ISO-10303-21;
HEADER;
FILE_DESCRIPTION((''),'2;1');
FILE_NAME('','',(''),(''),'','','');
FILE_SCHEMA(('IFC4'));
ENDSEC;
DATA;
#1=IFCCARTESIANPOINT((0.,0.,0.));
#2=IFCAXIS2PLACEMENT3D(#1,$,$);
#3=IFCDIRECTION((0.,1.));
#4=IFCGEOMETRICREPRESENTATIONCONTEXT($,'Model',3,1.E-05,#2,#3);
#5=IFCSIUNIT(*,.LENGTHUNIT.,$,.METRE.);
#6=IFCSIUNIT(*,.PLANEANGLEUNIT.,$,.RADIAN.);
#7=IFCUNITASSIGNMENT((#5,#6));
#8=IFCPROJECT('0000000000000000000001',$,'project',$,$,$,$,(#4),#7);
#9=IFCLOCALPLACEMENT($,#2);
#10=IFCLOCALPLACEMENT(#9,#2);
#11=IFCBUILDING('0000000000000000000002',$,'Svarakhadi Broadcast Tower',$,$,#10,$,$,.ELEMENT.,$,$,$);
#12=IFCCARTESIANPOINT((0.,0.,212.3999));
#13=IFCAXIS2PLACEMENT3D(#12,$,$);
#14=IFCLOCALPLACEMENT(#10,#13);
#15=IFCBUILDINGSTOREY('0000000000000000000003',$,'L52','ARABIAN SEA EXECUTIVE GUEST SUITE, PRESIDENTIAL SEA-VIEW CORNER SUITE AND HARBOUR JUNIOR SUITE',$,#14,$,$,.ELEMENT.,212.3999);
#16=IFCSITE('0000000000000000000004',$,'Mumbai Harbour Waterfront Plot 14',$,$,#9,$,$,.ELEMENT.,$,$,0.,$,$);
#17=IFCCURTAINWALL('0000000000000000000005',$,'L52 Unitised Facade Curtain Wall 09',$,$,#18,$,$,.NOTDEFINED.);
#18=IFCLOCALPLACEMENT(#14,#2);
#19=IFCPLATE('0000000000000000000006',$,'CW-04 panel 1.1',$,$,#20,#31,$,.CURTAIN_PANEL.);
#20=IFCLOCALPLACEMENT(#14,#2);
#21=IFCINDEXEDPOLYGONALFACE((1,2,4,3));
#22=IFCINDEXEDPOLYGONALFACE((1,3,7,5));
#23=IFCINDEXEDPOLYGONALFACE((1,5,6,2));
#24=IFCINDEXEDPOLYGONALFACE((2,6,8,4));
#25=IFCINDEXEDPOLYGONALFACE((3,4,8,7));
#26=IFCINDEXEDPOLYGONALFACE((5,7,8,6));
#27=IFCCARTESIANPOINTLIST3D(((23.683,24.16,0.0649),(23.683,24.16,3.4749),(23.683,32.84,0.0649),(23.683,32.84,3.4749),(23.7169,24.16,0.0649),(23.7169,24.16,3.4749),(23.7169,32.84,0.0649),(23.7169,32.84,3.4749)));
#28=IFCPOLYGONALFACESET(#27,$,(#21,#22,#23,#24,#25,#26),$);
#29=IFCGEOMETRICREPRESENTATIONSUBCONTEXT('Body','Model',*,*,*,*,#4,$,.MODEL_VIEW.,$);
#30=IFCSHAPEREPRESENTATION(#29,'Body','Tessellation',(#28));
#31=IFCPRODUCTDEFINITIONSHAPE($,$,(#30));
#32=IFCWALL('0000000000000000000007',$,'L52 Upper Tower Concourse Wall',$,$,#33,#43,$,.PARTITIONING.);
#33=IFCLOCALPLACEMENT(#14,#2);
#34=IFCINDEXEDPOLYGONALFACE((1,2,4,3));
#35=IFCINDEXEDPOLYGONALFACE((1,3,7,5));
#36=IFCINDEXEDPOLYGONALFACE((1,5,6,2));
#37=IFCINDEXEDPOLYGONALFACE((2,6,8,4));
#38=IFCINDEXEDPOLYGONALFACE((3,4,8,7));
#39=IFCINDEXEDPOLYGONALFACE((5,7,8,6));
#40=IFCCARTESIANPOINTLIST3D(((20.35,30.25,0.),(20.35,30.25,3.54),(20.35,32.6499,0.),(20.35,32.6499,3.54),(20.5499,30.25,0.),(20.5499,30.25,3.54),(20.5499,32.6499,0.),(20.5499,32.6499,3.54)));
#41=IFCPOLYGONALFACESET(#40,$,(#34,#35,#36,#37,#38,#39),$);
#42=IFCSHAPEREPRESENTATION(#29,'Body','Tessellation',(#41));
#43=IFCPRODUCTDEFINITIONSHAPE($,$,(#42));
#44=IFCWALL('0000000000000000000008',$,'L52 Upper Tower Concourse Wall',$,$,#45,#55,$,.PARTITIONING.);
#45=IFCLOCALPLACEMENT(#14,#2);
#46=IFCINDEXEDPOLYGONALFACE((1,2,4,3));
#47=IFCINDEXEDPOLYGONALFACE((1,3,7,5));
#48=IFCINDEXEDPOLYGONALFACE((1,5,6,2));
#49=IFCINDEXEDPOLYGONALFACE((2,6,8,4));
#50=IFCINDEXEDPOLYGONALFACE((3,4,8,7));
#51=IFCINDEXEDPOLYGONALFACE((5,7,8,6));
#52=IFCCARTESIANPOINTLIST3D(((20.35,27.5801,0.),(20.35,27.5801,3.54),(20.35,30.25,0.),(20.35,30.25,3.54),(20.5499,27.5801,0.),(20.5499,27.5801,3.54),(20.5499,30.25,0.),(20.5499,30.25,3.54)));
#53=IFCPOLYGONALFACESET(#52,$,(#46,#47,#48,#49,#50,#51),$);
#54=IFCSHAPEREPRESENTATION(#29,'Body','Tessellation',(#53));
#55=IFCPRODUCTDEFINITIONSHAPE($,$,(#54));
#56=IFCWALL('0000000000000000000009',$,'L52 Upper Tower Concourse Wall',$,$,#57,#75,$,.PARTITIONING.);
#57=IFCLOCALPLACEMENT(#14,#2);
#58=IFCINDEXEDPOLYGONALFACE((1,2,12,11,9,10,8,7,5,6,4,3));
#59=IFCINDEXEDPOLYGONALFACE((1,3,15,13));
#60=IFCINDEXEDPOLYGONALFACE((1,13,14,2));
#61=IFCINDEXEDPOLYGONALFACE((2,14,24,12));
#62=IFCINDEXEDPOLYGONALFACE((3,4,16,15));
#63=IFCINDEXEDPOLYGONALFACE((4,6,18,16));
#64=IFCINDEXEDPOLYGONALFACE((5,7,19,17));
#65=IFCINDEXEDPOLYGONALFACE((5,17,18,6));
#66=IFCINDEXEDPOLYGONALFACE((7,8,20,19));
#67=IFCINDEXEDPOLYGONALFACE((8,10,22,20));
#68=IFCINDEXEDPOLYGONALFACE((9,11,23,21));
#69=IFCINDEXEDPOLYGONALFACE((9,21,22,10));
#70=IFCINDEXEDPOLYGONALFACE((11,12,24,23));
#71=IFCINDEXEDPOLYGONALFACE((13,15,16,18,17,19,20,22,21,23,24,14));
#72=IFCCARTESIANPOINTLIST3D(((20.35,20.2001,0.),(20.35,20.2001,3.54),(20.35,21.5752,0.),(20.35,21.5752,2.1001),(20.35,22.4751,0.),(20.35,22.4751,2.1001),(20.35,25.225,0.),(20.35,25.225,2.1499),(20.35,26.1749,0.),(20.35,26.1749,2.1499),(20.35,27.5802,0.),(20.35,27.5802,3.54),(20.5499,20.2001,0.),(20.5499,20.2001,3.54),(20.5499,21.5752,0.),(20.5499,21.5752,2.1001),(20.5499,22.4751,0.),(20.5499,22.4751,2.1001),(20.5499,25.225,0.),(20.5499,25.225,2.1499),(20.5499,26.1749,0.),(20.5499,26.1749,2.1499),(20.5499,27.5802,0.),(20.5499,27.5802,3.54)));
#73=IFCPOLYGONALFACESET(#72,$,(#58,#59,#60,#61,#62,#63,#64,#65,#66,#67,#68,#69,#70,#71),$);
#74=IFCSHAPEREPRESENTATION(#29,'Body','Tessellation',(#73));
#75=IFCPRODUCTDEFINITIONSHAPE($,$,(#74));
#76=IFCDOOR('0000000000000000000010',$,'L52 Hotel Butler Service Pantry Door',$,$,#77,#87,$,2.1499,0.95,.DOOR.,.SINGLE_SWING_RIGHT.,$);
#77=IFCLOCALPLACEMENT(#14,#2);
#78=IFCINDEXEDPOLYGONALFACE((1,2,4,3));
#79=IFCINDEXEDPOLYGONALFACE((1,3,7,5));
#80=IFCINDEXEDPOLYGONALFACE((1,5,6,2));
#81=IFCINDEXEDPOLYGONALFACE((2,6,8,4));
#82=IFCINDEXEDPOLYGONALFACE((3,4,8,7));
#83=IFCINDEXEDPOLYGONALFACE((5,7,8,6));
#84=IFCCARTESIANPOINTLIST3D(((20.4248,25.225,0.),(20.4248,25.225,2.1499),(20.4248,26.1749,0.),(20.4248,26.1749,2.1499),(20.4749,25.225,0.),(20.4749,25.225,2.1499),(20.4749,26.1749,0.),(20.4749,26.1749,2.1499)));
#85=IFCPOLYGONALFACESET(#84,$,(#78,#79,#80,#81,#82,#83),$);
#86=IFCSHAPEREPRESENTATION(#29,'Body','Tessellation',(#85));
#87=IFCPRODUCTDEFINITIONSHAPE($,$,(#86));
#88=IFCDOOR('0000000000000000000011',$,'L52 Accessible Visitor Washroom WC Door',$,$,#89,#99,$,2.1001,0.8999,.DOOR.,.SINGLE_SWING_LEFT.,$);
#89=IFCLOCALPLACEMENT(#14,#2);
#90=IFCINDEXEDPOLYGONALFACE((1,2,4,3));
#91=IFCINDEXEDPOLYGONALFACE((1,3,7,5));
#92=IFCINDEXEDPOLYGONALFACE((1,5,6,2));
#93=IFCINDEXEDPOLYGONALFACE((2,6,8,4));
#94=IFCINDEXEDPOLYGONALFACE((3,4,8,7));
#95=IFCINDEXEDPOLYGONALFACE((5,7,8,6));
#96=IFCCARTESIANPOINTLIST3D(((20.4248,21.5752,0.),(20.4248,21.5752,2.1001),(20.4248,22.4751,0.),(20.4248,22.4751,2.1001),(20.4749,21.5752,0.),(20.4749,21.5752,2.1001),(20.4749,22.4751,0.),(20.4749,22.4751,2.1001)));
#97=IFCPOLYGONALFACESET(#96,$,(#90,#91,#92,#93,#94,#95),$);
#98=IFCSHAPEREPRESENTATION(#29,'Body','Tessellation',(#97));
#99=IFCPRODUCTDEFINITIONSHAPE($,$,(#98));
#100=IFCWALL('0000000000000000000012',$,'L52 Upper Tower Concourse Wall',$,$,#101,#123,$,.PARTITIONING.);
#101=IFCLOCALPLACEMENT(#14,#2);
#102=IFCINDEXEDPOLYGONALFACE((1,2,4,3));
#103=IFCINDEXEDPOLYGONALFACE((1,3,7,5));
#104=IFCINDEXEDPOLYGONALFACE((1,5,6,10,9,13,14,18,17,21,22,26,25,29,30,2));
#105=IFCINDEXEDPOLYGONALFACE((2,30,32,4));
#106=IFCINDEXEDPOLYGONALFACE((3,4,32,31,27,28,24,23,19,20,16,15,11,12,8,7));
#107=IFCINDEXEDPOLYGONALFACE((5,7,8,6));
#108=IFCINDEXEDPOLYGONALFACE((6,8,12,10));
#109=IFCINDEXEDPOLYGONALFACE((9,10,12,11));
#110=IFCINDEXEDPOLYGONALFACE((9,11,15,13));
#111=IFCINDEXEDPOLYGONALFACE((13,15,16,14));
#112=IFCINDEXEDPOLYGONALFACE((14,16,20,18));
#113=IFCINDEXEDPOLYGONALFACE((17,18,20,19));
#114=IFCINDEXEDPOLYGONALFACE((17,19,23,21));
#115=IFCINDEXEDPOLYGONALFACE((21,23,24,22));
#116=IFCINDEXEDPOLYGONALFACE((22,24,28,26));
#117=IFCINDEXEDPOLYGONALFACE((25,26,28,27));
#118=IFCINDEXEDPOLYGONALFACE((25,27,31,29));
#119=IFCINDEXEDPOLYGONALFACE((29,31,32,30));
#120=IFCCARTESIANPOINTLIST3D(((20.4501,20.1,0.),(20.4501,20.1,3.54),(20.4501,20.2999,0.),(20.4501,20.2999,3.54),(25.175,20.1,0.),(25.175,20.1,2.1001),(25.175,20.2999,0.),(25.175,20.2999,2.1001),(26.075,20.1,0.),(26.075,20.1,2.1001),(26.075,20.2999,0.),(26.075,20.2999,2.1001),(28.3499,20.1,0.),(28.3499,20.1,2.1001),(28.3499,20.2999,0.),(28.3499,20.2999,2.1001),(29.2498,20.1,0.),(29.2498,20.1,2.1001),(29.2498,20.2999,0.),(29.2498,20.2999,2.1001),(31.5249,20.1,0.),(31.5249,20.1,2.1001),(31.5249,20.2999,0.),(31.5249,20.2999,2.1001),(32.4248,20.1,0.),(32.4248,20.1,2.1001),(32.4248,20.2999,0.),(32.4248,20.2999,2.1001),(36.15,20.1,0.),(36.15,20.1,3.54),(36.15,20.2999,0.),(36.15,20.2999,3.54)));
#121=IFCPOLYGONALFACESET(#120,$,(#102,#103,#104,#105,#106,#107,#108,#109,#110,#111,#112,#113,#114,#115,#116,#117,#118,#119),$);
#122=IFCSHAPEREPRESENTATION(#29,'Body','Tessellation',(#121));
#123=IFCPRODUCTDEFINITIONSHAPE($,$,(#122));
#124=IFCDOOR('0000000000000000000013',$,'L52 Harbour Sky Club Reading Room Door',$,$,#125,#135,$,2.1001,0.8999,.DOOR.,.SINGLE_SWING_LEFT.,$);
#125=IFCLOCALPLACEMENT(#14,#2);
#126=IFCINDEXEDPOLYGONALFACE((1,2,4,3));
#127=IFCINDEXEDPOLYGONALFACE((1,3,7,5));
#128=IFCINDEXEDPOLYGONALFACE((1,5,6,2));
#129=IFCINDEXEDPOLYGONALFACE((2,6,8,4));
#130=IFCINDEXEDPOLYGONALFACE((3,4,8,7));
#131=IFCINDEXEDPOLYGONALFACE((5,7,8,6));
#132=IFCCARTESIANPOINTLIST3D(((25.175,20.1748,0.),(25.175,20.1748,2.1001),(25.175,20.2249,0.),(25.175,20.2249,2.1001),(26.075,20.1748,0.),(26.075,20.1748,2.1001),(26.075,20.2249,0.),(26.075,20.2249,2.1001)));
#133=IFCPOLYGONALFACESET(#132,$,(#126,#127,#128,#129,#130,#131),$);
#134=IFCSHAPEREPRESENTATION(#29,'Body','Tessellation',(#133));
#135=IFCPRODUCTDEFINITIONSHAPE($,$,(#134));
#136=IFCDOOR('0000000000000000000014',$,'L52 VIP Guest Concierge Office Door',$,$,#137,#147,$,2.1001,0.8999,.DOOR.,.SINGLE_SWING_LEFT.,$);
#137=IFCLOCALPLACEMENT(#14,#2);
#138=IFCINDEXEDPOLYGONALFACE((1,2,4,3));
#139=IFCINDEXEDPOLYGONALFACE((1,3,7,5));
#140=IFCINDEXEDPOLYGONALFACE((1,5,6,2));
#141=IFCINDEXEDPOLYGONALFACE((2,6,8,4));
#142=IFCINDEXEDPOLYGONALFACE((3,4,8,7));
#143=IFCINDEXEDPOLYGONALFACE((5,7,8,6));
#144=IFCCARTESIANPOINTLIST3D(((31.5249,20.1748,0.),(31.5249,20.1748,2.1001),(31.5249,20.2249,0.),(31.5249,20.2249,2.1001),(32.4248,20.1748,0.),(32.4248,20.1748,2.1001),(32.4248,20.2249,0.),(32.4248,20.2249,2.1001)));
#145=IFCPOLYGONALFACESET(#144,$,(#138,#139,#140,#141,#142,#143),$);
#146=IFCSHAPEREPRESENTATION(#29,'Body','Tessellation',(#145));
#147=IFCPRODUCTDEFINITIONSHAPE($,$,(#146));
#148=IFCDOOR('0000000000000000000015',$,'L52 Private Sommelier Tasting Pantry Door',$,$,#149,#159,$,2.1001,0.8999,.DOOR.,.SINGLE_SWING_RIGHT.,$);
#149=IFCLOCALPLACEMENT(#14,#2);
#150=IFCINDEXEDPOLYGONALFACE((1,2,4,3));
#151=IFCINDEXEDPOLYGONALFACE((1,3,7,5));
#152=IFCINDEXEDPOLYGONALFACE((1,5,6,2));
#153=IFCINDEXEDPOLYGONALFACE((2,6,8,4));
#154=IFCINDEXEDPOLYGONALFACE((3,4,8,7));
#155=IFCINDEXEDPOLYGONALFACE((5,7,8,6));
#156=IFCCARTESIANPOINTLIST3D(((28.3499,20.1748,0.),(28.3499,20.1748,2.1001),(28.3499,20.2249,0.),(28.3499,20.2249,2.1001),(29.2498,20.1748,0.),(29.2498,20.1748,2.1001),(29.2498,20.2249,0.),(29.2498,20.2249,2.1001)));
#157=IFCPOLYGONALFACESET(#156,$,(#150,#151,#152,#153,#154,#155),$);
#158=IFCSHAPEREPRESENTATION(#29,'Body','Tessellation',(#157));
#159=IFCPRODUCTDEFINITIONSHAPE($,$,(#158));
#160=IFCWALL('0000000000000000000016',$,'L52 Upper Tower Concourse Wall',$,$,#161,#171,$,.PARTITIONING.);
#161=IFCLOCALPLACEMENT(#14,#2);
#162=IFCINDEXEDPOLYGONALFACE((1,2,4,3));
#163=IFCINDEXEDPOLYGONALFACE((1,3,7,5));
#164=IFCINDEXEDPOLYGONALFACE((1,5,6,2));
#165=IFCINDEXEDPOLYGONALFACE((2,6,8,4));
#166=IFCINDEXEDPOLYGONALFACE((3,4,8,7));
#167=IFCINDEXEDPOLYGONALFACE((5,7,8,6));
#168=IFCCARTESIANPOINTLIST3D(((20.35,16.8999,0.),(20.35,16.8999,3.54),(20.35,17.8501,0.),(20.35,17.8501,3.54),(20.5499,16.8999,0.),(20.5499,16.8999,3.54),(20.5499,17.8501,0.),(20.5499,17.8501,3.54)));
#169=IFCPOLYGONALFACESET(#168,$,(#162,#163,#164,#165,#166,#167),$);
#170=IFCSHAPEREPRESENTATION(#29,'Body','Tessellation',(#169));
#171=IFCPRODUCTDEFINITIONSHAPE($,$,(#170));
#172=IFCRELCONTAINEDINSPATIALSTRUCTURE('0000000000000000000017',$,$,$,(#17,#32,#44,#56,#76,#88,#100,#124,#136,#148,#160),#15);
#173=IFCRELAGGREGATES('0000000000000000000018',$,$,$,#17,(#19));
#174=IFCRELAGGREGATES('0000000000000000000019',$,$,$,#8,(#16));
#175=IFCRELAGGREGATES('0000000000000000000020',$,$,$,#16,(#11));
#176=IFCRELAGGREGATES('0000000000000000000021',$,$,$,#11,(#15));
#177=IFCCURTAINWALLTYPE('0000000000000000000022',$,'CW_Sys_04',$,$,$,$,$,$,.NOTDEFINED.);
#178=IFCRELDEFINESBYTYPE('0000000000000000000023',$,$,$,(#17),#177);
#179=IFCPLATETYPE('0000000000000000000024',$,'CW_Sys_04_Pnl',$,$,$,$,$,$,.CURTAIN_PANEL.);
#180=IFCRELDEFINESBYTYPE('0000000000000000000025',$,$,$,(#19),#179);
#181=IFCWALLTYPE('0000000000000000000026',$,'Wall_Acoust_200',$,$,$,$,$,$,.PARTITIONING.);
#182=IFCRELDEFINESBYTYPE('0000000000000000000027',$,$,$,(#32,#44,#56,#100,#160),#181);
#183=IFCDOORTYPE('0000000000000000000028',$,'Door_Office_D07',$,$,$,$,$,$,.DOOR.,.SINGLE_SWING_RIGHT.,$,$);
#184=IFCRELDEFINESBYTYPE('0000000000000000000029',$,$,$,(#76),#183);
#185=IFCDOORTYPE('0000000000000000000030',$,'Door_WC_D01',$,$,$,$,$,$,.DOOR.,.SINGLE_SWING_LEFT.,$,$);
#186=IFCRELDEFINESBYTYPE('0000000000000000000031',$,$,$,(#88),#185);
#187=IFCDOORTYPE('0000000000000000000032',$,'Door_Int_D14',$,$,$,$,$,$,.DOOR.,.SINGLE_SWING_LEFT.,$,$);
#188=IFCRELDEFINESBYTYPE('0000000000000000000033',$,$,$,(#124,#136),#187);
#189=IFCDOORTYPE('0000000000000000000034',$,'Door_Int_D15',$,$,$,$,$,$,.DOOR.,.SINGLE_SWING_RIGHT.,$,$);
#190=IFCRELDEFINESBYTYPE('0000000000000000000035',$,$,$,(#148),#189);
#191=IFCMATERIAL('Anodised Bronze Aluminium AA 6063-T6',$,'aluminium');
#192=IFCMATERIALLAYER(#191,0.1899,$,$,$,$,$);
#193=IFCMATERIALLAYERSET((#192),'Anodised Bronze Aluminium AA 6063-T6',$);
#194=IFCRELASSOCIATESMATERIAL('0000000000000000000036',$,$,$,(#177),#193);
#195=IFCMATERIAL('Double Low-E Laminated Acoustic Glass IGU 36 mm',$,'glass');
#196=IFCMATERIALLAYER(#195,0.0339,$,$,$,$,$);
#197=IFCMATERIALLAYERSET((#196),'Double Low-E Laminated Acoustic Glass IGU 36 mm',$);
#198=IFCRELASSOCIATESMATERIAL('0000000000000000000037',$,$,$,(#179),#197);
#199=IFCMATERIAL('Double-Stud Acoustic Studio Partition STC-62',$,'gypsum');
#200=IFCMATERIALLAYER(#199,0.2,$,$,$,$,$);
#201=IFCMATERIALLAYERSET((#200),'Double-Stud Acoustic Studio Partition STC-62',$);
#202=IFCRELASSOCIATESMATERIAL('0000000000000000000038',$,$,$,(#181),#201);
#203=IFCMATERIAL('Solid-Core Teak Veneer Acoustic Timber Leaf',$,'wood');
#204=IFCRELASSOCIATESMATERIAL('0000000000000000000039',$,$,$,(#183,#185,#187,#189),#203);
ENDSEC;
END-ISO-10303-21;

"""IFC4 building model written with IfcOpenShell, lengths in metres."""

from ifc_helpers import new_model, si_unit, direction, frame, frame_2d, origin, origin_2d, place, context, subcontext, project, spatial, rectangle, extrude, material, layer, layer_set, type_object, element, fill, aggregate, save


model = new_model("IFC4")

# Units and contexts
model_context = context("Model", 3, precision=1e-05, world=origin(), true_north=direction((0.0, 1.0)))
body_context = subcontext(model_context, "Body", "Model", "MODEL_VIEW")
ifc_project = project(units=[si_unit("LENGTHUNIT", "METRE"), si_unit("PLANEANGLEUNIT", "RADIAN")], contexts=[model_context])

# Site, building, storey
site_placement = place(None, origin())
site = spatial("IfcSite", under=ifc_project, at=site_placement, Name="Mumbai Harbour Waterfront Plot 14", CompositionType="ELEMENT", RefElevation=0.0)
building_placement = place(site_placement, origin())
building = spatial("IfcBuilding", under=site, at=building_placement, Name="Svarakhadi Broadcast Tower", CompositionType="ELEMENT")
storey_placement = place(building_placement, frame((0.0, 0.0, 212.3999)))
storey = spatial("IfcBuildingStorey", under=building, at=storey_placement, Name="L52", Description="ARABIAN SEA EXECUTIVE GUEST SUITE, PRESIDENTIAL SEA-VIEW CORNER SUITE AND HARBOUR JUNIOR SUITE", CompositionType="ELEMENT", Elevation=212.3999)

# Curtain wall
ifc_material_1 = material(Name="Anodised Bronze Aluminium AA 6063-T6", Category="aluminium")
ifc_layer_1 = layer(ifc_material_1, 0.1899)
ifc_layer_set_1 = layer_set([ifc_layer_1], Name="Anodised Bronze Aluminium AA 6063-T6")
curtain_wall_type = type_object("IfcCurtainWallType", Name="CW_Sys_04", PredefinedType="NOTDEFINED", material=ifc_layer_set_1)
curtain_wall_1_placement = place(storey_placement, origin())
curtain_wall_1 = element("IfcCurtainWall", 1, at=curtain_wall_1_placement, inside=storey, type_object=curtain_wall_type, Name="L52 Unitised Facade Curtain Wall 09", PredefinedType="NOTDEFINED")

# Plate
ifc_material_2 = material(Name="Double Low-E Laminated Acoustic Glass IGU 36 mm", Category="glass")
ifc_layer_2 = layer(ifc_material_2, 0.0339)
ifc_layer_set_2 = layer_set([ifc_layer_2], Name="Double Low-E Laminated Acoustic Glass IGU 36 mm")
plate_type = type_object("IfcPlateType", Name="CW_Sys_04_Pnl", PredefinedType="CURTAIN_PANEL", material=ifc_layer_set_2)
plate_placement = place(storey_placement, frame((23.7, 28.5, 0.0649), z_axis=(0.0, 0.0, 1.0), x_axis=(0.0, -1.0, 0.0)))
plate = element("IfcPlate", 2, at=plate_placement, type_object=plate_type, Name="CW-04 panel 1.1", PredefinedType="CURTAIN_PANEL", context=body_context, shape_type="SweptSolid", body=[
    extrude(rectangle(XDim=8.6799, YDim=0.0339, at=origin_2d()), origin(), (0.0, 0.0, 1.0), 3.4099),
])
aggregate(curtain_wall_1, [plate])

# Walls
ifc_material_3 = material(Name="Double-Stud Acoustic Studio Partition STC-62", Category="gypsum")
ifc_layer_3 = layer(ifc_material_3, 0.2)
ifc_layer_set_3 = layer_set([ifc_layer_3], Name="Double-Stud Acoustic Studio Partition STC-62")
wall_type_1 = type_object("IfcWallType", Name="Wall_Acoust_200", PredefinedType="PARTITIONING", material=ifc_layer_set_3)
wall_1_placement = place(storey_placement, frame((20.45, 32.6499, 0.0), z_axis=(0.0, 0.0, 1.0), x_axis=(0.0, -1.0, 0.0)))
element("IfcWall", 3, at=wall_1_placement, inside=storey, type_object=wall_type_1, Name="L52 Upper Tower Concourse Wall", PredefinedType="PARTITIONING", context=body_context, shape_type="SweptSolid", body=[
    extrude(rectangle(XDim=2.3999, YDim=0.2, at=frame_2d((1.2, 0.0))), origin(), (0.0, 0.0, 1.0), 3.54),
])
wall_2_placement = place(storey_placement, frame((20.45, 30.25, 0.0), z_axis=(0.0, 0.0, 1.0), x_axis=(0.0, -1.0, 0.0)))
element("IfcWall", 4, at=wall_2_placement, inside=storey, type_object=wall_type_1, Name="L52 Upper Tower Concourse Wall", PredefinedType="PARTITIONING", context=body_context, shape_type="SweptSolid", body=[
    extrude(rectangle(XDim=2.6699, YDim=0.2, at=frame_2d((1.335, 0.0))), origin(), (0.0, 0.0, 1.0), 3.54),
])

# Walls, openings, doors
wall_3_placement = place(storey_placement, frame((20.45, 27.5801, 0.0), z_axis=(0.0, 0.0, 1.0), x_axis=(0.0, -1.0, 0.0)))
wall_3 = element("IfcWall", 5, at=wall_3_placement, inside=storey, type_object=wall_type_1, Name="L52 Upper Tower Concourse Wall", PredefinedType="PARTITIONING", context=body_context, shape_type="SweptSolid", body=[
    extrude(rectangle(XDim=7.3801, YDim=0.2, at=frame_2d((3.6899, 0.0))), origin(), (0.0, 0.0, 1.0), 3.54),
])
opening_1_placement = place(wall_3_placement, frame((5.105, 0.0, 0.0)))
opening_1 = element("IfcOpeningElement", 6, at=opening_1_placement, cuts=wall_3, PredefinedType="OPENING", context=body_context, shape_type="SweptSolid", body=[
    extrude(rectangle(XDim=0.8999, YDim=2.1001, at=frame_2d((0.45, 1.05))), frame((0.0, 0.1099, 0.0), z_axis=(0.0, -1.0, 0.0), x_axis=(1.0, 0.0, 0.0)), (0.0, 0.0, 1.0), 0.22),
])
opening_2_placement = place(wall_3_placement, frame((1.405, 0.0, 0.0)))
opening_2 = element("IfcOpeningElement", 7, at=opening_2_placement, cuts=wall_3, PredefinedType="OPENING", context=body_context, shape_type="SweptSolid", body=[
    extrude(rectangle(XDim=0.95, YDim=2.1499, at=frame_2d((0.4751, 1.075))), frame((0.0, 0.1099, 0.0), z_axis=(0.0, -1.0, 0.0), x_axis=(1.0, 0.0, 0.0)), (0.0, 0.0, 1.0), 0.22),
])
ifc_material_4 = material(Name="Solid-Core Teak Veneer Acoustic Timber Leaf", Category="wood")
door_type_1 = type_object("IfcDoorType", Name="Door_Office_D07", OperationType="SINGLE_SWING_RIGHT", PredefinedType="DOOR", material=ifc_material_4)
door_1_placement = place(opening_2_placement, origin())
door_1 = element("IfcDoor", 8, at=door_1_placement, inside=storey, type_object=door_type_1, Name="L52 Hotel Butler Service Pantry Door", OperationType="SINGLE_SWING_RIGHT", OverallHeight=2.1499, OverallWidth=0.95, PredefinedType="DOOR", context=body_context, shape_type="SweptSolid", body=[
    extrude(rectangle(XDim=0.95, YDim=2.1499, at=frame_2d((0.4751, 1.075))), frame((0.0, 0.0249, 0.0), z_axis=(0.0, -1.0, 0.0), x_axis=(1.0, 0.0, 0.0)), (0.0, 0.0, 1.0), 0.05),
])
fill(opening_2, door_1)
door_type_2 = type_object("IfcDoorType", Name="Door_WC_D01", OperationType="SINGLE_SWING_LEFT", PredefinedType="DOOR", material=ifc_material_4)
door_2_placement = place(opening_1_placement, origin())
door_2 = element("IfcDoor", 9, at=door_2_placement, inside=storey, type_object=door_type_2, Name="L52 Accessible Visitor Washroom WC Door", OperationType="SINGLE_SWING_LEFT", OverallHeight=2.1001, OverallWidth=0.8999, PredefinedType="DOOR", context=body_context, shape_type="SweptSolid", body=[
    extrude(rectangle(XDim=0.8999, YDim=2.1001, at=frame_2d((0.45, 1.05))), frame((0.0, 0.0249, 0.0), z_axis=(0.0, -1.0, 0.0), x_axis=(1.0, 0.0, 0.0)), (0.0, 0.0, 1.0), 0.05),
])
fill(opening_1, door_2)
wall_4_placement = place(storey_placement, frame((20.45, 20.2, 0.0), z_axis=(0.0, 0.0, 1.0), x_axis=(1.0, 0.0, 0.0)))
wall_4 = element("IfcWall", 10, at=wall_4_placement, inside=storey, type_object=wall_type_1, Name="L52 Upper Tower Concourse Wall", PredefinedType="PARTITIONING", context=body_context, shape_type="SweptSolid", body=[
    extrude(rectangle(XDim=15.7, YDim=0.2, at=frame_2d((7.8501, 0.0))), origin(), (0.0, 0.0, 1.0), 3.54),
])
opening_3_placement = place(wall_4_placement, frame((4.7251, 0.0, 0.0)))
opening_3 = element("IfcOpeningElement", 11, at=opening_3_placement, cuts=wall_4, PredefinedType="OPENING", context=body_context, shape_type="SweptSolid", body=[
    extrude(rectangle(XDim=0.8999, YDim=2.1001, at=frame_2d((0.45, 1.05))), frame((0.0, 0.1099, 0.0), z_axis=(0.0, -1.0, 0.0), x_axis=(1.0, 0.0, 0.0)), (0.0, 0.0, 1.0), 0.22),
])
opening_4_placement = place(wall_4_placement, frame((7.8999, 0.0, 0.0)))
opening_4 = element("IfcOpeningElement", 12, at=opening_4_placement, cuts=wall_4, PredefinedType="OPENING", context=body_context, shape_type="SweptSolid", body=[
    extrude(rectangle(XDim=0.8999, YDim=2.1001, at=frame_2d((0.45, 1.05))), frame((0.0, 0.1099, 0.0), z_axis=(0.0, -1.0, 0.0), x_axis=(1.0, 0.0, 0.0)), (0.0, 0.0, 1.0), 0.22),
])
opening_5_placement = place(wall_4_placement, frame((11.075, 0.0, 0.0)))
opening_5 = element("IfcOpeningElement", 13, at=opening_5_placement, cuts=wall_4, PredefinedType="OPENING", context=body_context, shape_type="SweptSolid", body=[
    extrude(rectangle(XDim=0.8999, YDim=2.1001, at=frame_2d((0.45, 1.05))), frame((0.0, 0.1099, 0.0), z_axis=(0.0, -1.0, 0.0), x_axis=(1.0, 0.0, 0.0)), (0.0, 0.0, 1.0), 0.22),
])
door_type_3 = type_object("IfcDoorType", Name="Door_Int_D14", OperationType="SINGLE_SWING_LEFT", PredefinedType="DOOR", material=ifc_material_4)
door_3_placement = place(opening_3_placement, origin())
door_3 = element("IfcDoor", 14, at=door_3_placement, inside=storey, type_object=door_type_3, Name="L52 Harbour Sky Club Reading Room Door", OperationType="SINGLE_SWING_LEFT", OverallHeight=2.1001, OverallWidth=0.8999, PredefinedType="DOOR", context=body_context, shape_type="SweptSolid", body=[
    extrude(rectangle(XDim=0.8999, YDim=2.1001, at=frame_2d((0.45, 1.05))), frame((0.0, 0.0249, 0.0), z_axis=(0.0, -1.0, 0.0), x_axis=(1.0, 0.0, 0.0)), (0.0, 0.0, 1.0), 0.05),
])
fill(opening_3, door_3)
door_4_placement = place(opening_5_placement, origin())
door_4 = element("IfcDoor", 15, at=door_4_placement, inside=storey, type_object=door_type_3, Name="L52 VIP Guest Concierge Office Door", OperationType="SINGLE_SWING_LEFT", OverallHeight=2.1001, OverallWidth=0.8999, PredefinedType="DOOR", context=body_context, shape_type="SweptSolid", body=[
    extrude(rectangle(XDim=0.8999, YDim=2.1001, at=frame_2d((0.45, 1.05))), frame((0.0, 0.0249, 0.0), z_axis=(0.0, -1.0, 0.0), x_axis=(1.0, 0.0, 0.0)), (0.0, 0.0, 1.0), 0.05),
])
fill(opening_5, door_4)
door_type_4 = type_object("IfcDoorType", Name="Door_Int_D15", OperationType="SINGLE_SWING_RIGHT", PredefinedType="DOOR", material=ifc_material_4)
door_5_placement = place(opening_4_placement, origin())
door_5 = element("IfcDoor", 16, at=door_5_placement, inside=storey, type_object=door_type_4, Name="L52 Private Sommelier Tasting Pantry Door", OperationType="SINGLE_SWING_RIGHT", OverallHeight=2.1001, OverallWidth=0.8999, PredefinedType="DOOR", context=body_context, shape_type="SweptSolid", body=[
    extrude(rectangle(XDim=0.8999, YDim=2.1001, at=frame_2d((0.45, 1.05))), frame((0.0, 0.0249, 0.0), z_axis=(0.0, -1.0, 0.0), x_axis=(1.0, 0.0, 0.0)), (0.0, 0.0, 1.0), 0.05),
])
fill(opening_4, door_5)

# Wall
wall_5_placement = place(storey_placement, frame((20.45, 17.8501, 0.0), z_axis=(0.0, 0.0, 1.0), x_axis=(0.0, -1.0, 0.0)))
element("IfcWall", 17, at=wall_5_placement, inside=storey, type_object=wall_type_1, Name="L52 Upper Tower Concourse Wall", PredefinedType="PARTITIONING", context=body_context, shape_type="SweptSolid", body=[
    extrude(rectangle(XDim=0.9502, YDim=0.2, at=frame_2d((0.4751, 0.0))), origin(), (0.0, 0.0, 1.0), 3.54),
])

save(model, "model.ifc")
